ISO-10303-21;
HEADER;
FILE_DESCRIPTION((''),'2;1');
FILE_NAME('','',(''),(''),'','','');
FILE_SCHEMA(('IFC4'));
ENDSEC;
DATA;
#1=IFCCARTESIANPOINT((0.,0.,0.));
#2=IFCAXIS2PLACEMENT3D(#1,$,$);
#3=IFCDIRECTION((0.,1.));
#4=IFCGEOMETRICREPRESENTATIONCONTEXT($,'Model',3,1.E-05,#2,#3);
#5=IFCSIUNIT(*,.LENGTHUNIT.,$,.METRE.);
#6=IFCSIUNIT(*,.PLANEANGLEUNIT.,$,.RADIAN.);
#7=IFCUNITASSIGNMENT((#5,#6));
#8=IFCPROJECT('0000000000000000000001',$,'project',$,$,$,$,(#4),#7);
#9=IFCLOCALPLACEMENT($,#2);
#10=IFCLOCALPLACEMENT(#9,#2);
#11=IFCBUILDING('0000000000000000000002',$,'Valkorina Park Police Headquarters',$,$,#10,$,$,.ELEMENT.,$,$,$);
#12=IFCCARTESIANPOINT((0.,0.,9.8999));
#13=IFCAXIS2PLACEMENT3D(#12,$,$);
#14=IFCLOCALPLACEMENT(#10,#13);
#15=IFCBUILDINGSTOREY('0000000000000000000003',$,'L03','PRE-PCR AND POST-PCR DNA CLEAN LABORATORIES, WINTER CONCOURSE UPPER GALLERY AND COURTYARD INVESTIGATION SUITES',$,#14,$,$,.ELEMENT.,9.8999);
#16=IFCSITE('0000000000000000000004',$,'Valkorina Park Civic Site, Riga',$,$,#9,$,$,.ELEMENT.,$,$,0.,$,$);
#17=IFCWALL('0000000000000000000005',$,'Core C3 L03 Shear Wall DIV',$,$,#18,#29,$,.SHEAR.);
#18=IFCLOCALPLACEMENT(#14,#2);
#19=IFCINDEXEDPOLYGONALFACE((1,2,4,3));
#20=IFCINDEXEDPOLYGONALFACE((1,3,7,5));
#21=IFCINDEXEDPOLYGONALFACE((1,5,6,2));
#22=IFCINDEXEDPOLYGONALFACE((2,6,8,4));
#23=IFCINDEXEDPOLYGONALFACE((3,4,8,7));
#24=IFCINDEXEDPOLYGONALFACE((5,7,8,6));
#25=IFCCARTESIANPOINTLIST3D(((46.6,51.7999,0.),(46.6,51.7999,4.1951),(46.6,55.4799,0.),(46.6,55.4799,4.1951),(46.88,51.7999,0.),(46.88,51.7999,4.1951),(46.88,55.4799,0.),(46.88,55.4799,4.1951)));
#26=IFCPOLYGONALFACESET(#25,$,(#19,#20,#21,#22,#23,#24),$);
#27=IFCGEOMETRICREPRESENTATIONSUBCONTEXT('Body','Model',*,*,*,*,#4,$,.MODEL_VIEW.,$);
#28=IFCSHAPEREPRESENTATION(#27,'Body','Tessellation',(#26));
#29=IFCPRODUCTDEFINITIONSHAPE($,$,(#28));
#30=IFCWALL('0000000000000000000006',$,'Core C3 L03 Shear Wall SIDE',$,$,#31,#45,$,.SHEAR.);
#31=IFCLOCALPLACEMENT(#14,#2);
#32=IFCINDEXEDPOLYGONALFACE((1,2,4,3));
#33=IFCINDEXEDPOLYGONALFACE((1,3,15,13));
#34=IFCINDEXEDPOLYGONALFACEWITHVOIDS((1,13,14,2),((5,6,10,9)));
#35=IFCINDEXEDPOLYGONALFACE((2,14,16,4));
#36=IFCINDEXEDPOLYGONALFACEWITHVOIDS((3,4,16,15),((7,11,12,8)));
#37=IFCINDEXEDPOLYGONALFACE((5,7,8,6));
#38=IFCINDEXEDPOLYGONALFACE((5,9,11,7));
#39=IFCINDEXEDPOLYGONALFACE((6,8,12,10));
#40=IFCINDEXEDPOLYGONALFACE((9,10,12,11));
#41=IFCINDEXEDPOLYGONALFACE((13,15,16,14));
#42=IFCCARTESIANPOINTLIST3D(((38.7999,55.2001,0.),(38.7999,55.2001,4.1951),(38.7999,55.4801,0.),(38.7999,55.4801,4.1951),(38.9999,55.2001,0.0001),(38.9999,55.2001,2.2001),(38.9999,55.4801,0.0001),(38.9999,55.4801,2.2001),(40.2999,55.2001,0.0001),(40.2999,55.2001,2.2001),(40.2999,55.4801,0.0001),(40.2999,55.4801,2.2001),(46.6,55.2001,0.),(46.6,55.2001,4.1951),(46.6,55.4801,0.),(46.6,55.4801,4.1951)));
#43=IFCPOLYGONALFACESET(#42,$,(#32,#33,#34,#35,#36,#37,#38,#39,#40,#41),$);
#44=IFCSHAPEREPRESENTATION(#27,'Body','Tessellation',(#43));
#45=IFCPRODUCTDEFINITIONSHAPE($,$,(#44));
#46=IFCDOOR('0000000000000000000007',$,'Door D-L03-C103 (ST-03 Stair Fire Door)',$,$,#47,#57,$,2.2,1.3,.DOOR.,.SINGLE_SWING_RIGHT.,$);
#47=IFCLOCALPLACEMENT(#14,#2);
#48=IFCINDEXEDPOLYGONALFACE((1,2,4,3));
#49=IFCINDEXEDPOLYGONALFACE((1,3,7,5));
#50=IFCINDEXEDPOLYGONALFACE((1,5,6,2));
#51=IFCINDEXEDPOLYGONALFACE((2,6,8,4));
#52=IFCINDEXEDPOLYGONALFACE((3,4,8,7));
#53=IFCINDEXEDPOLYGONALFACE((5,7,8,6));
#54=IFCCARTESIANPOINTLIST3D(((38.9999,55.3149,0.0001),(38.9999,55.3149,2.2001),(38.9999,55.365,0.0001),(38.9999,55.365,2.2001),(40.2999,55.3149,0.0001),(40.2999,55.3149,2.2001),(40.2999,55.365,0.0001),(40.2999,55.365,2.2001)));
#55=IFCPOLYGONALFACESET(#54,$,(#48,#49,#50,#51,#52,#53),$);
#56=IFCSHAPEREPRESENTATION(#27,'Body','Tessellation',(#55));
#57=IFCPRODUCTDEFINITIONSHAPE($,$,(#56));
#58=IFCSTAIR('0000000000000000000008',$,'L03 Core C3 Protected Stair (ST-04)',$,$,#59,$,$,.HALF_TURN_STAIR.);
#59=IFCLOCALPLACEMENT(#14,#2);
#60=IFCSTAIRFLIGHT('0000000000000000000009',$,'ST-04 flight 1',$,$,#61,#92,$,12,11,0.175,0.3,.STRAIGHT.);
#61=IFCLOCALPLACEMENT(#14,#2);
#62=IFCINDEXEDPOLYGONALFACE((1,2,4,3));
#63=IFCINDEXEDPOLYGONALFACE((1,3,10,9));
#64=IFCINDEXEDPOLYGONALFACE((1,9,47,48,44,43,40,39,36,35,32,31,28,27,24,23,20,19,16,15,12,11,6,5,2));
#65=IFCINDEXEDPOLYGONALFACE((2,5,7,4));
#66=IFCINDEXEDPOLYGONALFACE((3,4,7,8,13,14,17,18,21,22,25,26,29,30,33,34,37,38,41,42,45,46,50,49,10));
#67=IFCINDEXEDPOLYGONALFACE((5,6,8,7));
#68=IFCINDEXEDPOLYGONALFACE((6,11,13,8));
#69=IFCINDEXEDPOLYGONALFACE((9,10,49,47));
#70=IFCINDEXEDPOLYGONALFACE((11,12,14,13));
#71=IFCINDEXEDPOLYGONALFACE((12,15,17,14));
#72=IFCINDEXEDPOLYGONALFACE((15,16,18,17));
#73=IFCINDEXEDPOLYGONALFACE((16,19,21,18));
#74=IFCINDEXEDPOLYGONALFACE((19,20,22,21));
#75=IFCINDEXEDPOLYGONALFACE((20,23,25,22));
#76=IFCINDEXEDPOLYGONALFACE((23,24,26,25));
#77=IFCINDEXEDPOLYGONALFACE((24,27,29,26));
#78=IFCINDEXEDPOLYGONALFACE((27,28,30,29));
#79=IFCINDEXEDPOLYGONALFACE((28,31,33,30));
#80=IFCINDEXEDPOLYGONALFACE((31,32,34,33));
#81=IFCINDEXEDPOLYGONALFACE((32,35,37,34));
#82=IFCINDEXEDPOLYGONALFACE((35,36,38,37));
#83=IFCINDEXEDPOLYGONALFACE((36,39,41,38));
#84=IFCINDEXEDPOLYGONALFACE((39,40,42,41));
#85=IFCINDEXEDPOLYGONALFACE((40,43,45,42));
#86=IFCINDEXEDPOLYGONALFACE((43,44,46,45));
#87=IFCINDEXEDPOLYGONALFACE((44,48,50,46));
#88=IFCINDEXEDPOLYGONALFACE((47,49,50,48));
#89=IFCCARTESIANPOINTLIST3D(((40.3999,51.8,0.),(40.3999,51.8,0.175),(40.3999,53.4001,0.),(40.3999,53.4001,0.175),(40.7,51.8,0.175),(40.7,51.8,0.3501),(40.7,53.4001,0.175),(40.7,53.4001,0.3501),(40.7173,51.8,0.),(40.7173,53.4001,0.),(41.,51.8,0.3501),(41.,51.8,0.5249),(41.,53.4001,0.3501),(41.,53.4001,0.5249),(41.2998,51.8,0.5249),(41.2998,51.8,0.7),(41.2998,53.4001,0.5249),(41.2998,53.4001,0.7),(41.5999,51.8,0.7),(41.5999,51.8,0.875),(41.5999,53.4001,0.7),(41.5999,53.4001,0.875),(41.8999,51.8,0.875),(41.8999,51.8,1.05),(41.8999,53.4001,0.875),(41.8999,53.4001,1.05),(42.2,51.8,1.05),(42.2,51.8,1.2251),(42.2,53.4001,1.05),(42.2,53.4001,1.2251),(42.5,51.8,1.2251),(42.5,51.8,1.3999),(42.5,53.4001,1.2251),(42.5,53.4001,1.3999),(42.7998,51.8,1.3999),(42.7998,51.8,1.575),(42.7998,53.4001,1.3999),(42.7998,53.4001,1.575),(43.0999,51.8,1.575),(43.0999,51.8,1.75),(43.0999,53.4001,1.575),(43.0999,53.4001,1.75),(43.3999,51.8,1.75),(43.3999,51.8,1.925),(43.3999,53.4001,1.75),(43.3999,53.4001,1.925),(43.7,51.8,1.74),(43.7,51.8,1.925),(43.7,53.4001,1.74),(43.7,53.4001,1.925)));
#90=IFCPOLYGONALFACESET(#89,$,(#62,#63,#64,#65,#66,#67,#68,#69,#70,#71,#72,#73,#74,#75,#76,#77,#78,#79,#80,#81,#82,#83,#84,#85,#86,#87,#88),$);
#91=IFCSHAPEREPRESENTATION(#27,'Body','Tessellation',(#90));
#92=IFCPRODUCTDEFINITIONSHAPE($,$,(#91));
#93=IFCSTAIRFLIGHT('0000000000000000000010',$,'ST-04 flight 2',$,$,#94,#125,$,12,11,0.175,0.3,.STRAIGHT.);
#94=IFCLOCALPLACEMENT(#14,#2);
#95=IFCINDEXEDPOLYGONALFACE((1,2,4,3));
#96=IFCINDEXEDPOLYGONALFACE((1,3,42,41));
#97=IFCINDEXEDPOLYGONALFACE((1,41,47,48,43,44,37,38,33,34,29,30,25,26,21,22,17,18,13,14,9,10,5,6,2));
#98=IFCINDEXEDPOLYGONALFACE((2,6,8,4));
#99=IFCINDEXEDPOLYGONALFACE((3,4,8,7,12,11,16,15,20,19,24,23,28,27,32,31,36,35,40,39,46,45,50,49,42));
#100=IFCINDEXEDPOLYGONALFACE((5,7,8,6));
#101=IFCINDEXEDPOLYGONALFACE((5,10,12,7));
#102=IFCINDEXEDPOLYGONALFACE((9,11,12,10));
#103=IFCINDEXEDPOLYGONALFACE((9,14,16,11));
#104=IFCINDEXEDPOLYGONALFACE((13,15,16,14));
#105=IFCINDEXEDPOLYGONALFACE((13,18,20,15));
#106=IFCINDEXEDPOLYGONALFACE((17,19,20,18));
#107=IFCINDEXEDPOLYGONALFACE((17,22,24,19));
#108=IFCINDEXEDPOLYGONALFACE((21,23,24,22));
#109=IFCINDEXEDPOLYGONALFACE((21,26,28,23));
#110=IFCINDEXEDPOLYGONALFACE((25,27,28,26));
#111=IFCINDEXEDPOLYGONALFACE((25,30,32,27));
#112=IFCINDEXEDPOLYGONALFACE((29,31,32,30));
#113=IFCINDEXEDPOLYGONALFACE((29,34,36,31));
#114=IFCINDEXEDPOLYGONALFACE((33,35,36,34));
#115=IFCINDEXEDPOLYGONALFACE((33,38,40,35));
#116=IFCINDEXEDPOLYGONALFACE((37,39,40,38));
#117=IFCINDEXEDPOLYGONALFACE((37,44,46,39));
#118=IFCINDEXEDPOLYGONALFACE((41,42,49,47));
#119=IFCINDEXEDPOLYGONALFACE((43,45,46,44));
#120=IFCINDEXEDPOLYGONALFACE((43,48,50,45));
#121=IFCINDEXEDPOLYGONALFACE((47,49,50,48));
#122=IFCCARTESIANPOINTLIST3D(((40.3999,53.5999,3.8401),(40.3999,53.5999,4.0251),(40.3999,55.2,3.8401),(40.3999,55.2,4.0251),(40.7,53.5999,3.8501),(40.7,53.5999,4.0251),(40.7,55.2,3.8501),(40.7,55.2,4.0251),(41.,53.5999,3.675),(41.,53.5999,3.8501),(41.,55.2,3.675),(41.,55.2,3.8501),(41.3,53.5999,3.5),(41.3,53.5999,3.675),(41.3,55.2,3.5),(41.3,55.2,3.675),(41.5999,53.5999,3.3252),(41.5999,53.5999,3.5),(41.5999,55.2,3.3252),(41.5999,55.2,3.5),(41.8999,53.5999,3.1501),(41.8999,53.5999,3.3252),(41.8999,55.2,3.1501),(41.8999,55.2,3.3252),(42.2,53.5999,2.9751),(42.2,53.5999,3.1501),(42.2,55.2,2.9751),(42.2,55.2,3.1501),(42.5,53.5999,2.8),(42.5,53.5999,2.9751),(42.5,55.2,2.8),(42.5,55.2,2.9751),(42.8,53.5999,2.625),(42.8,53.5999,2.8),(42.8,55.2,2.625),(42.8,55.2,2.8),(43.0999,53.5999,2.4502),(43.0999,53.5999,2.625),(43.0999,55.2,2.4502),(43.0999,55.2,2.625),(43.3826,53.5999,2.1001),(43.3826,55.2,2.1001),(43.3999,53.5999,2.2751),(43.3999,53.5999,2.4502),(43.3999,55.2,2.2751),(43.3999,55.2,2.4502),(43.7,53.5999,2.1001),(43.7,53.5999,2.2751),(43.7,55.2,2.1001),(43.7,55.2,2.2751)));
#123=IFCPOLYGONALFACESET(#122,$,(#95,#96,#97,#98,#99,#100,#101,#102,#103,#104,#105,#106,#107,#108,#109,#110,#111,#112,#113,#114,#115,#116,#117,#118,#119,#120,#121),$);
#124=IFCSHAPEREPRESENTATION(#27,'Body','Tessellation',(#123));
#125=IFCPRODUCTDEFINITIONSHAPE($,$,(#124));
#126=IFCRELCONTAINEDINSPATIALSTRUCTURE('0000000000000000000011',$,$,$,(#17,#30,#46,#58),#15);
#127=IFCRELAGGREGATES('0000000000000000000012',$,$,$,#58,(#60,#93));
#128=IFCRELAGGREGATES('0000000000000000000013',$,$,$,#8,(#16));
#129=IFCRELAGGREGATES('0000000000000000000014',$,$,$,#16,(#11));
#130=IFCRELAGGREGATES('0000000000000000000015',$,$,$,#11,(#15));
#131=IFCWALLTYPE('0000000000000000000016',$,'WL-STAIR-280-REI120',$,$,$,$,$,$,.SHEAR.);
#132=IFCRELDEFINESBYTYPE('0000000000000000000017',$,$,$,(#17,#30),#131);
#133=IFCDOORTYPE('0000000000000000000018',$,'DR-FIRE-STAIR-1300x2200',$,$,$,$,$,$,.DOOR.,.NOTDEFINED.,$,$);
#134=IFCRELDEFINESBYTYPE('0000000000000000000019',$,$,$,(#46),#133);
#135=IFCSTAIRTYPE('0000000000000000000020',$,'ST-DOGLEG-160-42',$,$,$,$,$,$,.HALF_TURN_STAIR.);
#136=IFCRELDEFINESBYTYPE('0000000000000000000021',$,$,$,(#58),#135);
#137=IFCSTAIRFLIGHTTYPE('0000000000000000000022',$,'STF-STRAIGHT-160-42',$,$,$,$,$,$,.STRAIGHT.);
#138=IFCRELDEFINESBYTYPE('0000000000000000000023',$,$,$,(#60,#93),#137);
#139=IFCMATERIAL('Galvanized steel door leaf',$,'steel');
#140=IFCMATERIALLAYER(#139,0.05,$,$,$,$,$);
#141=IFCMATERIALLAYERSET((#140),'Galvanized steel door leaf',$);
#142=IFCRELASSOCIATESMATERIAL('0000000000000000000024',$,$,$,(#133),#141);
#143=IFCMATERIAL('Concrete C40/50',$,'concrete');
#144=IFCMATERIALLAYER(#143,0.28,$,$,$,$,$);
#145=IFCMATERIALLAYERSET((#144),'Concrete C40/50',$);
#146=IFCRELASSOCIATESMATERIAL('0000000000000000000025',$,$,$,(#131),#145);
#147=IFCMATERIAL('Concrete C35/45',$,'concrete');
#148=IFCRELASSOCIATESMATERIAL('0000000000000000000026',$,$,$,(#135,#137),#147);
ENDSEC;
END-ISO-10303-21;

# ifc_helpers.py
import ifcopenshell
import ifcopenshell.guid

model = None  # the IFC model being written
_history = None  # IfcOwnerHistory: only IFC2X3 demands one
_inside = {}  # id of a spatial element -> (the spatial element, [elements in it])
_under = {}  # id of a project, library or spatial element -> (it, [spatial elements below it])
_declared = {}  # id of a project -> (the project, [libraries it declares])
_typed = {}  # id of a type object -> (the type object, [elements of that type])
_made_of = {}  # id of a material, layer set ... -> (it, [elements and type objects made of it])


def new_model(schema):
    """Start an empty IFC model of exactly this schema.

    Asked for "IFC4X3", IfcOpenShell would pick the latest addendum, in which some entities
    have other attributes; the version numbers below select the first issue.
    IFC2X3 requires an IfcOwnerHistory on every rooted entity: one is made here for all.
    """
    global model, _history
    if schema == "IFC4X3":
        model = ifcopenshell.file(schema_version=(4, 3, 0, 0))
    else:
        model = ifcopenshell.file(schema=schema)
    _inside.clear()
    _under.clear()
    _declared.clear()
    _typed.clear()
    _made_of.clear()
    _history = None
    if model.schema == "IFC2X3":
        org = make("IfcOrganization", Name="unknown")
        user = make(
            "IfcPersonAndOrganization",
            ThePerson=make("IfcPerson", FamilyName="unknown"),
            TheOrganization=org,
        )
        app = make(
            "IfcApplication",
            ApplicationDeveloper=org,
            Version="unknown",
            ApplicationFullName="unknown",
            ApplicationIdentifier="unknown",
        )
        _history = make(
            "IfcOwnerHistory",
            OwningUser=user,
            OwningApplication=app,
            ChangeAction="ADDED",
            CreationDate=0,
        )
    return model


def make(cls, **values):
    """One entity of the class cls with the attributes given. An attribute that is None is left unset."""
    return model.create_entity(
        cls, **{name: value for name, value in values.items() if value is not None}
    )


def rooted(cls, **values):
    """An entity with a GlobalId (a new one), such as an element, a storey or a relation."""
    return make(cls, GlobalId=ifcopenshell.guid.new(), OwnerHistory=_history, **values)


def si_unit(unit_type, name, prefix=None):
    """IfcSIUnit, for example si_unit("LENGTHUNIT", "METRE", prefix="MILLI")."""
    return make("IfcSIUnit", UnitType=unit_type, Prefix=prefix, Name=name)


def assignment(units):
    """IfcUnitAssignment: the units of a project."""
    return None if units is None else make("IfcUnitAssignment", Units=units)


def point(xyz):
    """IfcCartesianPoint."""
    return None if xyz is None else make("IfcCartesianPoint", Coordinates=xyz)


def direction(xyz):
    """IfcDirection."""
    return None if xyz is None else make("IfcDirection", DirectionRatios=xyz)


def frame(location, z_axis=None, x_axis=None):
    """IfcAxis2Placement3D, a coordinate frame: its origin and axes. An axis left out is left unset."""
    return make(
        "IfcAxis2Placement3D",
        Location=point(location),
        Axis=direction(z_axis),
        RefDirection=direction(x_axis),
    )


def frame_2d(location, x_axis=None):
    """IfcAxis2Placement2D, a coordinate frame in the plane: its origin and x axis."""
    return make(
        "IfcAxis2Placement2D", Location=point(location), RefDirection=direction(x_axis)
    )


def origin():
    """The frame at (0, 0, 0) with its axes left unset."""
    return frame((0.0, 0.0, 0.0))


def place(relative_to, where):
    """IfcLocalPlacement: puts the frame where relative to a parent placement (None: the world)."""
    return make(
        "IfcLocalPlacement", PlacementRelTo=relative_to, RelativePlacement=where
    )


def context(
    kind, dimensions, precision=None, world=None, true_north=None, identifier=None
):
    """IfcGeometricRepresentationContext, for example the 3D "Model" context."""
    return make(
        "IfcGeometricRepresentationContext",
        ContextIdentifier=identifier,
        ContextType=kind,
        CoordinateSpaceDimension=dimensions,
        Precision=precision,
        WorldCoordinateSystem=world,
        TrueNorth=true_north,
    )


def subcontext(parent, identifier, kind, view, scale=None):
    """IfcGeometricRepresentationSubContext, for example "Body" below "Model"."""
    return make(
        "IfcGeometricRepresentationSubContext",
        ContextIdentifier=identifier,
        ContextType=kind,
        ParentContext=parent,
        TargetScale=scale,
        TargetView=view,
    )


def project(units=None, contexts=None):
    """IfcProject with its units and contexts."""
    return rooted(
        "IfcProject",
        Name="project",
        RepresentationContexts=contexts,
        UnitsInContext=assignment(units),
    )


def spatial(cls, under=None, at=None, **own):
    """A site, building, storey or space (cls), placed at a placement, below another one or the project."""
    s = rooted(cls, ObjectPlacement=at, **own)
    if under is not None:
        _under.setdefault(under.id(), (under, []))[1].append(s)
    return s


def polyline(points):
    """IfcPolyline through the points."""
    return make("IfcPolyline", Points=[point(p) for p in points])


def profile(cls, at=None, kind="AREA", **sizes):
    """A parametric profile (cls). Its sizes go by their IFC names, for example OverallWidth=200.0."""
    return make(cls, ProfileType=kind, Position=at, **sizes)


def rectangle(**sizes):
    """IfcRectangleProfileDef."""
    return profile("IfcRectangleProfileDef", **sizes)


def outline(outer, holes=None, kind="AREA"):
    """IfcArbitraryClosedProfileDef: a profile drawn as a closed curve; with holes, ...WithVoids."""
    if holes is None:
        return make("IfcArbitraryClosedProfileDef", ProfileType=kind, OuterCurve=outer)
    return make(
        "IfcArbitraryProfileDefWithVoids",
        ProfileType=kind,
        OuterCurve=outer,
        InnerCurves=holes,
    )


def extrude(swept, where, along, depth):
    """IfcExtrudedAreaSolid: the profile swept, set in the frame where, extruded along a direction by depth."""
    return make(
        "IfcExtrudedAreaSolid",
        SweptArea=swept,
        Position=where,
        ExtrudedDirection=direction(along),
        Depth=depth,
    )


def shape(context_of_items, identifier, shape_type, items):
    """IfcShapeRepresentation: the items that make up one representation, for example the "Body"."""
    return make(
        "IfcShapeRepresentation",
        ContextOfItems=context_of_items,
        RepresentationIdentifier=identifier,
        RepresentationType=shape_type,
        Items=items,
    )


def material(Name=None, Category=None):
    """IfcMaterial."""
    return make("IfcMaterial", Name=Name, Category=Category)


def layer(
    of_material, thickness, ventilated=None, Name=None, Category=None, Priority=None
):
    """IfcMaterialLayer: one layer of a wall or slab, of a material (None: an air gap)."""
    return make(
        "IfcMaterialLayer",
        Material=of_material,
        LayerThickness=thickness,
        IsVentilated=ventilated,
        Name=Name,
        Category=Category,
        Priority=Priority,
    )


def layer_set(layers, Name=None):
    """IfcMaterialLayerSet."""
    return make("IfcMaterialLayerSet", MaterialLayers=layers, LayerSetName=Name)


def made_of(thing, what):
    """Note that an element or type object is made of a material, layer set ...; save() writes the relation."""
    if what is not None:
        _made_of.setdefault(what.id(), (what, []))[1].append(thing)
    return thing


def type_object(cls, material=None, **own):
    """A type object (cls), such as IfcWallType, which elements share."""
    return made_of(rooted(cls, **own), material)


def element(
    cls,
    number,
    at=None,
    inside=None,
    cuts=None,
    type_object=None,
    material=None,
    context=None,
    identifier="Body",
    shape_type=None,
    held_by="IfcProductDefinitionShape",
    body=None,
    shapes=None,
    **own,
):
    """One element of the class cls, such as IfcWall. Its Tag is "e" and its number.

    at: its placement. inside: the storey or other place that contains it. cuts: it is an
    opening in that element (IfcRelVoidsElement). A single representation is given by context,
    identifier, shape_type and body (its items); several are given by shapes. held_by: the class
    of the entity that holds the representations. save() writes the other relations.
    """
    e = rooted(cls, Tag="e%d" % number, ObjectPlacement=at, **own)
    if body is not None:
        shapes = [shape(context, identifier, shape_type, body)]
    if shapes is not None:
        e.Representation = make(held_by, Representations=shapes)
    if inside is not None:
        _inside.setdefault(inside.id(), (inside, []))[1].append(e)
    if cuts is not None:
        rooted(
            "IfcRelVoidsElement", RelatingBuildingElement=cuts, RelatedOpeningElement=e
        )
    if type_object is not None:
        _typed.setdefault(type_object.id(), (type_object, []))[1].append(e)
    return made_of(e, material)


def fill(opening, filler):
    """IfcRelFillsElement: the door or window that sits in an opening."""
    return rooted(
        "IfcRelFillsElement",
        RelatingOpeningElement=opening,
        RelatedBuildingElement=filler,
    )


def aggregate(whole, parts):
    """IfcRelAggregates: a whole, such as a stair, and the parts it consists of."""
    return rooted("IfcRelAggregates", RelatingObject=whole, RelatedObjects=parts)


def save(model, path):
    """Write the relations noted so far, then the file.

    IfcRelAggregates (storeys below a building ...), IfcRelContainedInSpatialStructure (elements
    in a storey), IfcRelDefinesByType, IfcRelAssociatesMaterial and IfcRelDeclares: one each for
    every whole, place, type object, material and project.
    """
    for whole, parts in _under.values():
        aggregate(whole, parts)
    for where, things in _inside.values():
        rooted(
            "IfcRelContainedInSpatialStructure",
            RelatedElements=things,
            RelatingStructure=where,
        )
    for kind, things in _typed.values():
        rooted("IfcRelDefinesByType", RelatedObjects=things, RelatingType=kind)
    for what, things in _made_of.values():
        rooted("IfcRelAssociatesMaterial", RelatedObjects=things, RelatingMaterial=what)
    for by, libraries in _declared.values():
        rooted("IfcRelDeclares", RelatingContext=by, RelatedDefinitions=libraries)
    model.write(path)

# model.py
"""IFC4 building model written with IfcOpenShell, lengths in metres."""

from ifc_helpers import new_model, si_unit, direction, frame, frame_2d, origin, place, context, subcontext, project, spatial, polyline, rectangle, outline, extrude, material, layer, layer_set, type_object, element, fill, aggregate, save


model = new_model("IFC4")

# Units and contexts
model_context = context("Model", 3, precision=1e-05, world=origin(), true_north=direction((0.0, 1.0)))
body_context = subcontext(model_context, "Body", "Model", "MODEL_VIEW")
ifc_project = project(units=[si_unit("LENGTHUNIT", "METRE"), si_unit("PLANEANGLEUNIT", "RADIAN")], contexts=[model_context])

# Site, building, storey
site_placement = place(None, origin())
site = spatial("IfcSite", under=ifc_project, at=site_placement, Name="Valkorina Park Civic Site, Riga", CompositionType="ELEMENT", RefElevation=0.0)
building_placement = place(site_placement, origin())
building = spatial("IfcBuilding", under=site, at=building_placement, Name="Valkorina Park Police Headquarters", CompositionType="ELEMENT")
storey_placement = place(building_placement, frame((0.0, 0.0, 9.8999)))
storey = spatial("IfcBuildingStorey", under=building, at=storey_placement, Name="L03", Description="PRE-PCR AND POST-PCR DNA CLEAN LABORATORIES, WINTER CONCOURSE UPPER GALLERY AND COURTYARD INVESTIGATION SUITES", CompositionType="ELEMENT", Elevation=9.8999)

# Shared definitions
ifc_material_1 = material(Name="Concrete C40/50", Category="concrete")
ifc_material_2 = material(Name="Galvanized steel door leaf", Category="steel")
ifc_layer_1 = layer(ifc_material_2, 0.05)
ifc_layer_set_1 = layer_set([ifc_layer_1], Name="Galvanized steel door leaf")
door_type_1 = type_object("IfcDoorType", Name="DR-FIRE-STAIR-1300x2200", OperationType="NOTDEFINED", PredefinedType="DOOR", material=ifc_layer_set_1)

# Wall
ifc_layer_2 = layer(ifc_material_1, 0.28)
ifc_layer_set_2 = layer_set([ifc_layer_2], Name="Concrete C40/50")
wall_type_1 = type_object("IfcWallType", Name="WL-STAIR-280-REI120", PredefinedType="SHEAR", material=ifc_layer_set_2)
wall_1_placement = place(storey_placement, frame((46.74, 51.8, 0.0), z_axis=(0.0, 0.0, 1.0), x_axis=(0.0, 1.0, 0.0)))
element("IfcWall", 1, at=wall_1_placement, inside=storey, type_object=wall_type_1, Name="Core C3 L03 Shear Wall DIV", PredefinedType="SHEAR", context=body_context, shape_type="SweptSolid", body=[
    extrude(rectangle(XDim=3.6799, YDim=0.28, at=frame_2d((1.8398, 0.0))), origin(), (0.0, 0.0, 1.0), 4.1951),
])

# Wall, opening, door
wall_2_placement = place(storey_placement, frame((38.8, 55.3401, 0.0), z_axis=(0.0, 0.0, 1.0), x_axis=(1.0, 0.0, 0.0)))
wall_2 = element("IfcWall", 2, at=wall_2_placement, inside=storey, type_object=wall_type_1, Name="Core C3 L03 Shear Wall SIDE", PredefinedType="SHEAR", context=body_context, shape_type="SweptSolid", body=[
    extrude(rectangle(XDim=7.8, YDim=0.28, at=frame_2d((3.8999, 0.0))), origin(), (0.0, 0.0, 1.0), 4.1951),
])
opening_1_placement = place(wall_2_placement, frame((0.2, 0.0, 0.0)))
opening_1 = element("IfcOpeningElement", 3, at=opening_1_placement, cuts=wall_2, PredefinedType="OPENING", context=body_context, shape_type="SweptSolid", body=[
    extrude(rectangle(XDim=1.3, YDim=2.2, at=frame_2d((0.6499, 1.1001))), frame((0.0, 0.1499, 0.0), z_axis=(0.0, -1.0, 0.0), x_axis=(1.0, 0.0, 0.0)), (0.0, 0.0, 1.0), 0.3),
])
door_1_placement = place(opening_1_placement, origin())
door_1 = element("IfcDoor", 4, at=door_1_placement, inside=storey, type_object=door_type_1, Name="Door D-L03-C103 (ST-03 Stair Fire Door)", OperationType="SINGLE_SWING_RIGHT", OverallHeight=2.2, OverallWidth=1.3, PredefinedType="DOOR", context=body_context, shape_type="SweptSolid", body=[
    extrude(rectangle(XDim=1.3, YDim=2.2, at=frame_2d((0.6499, 1.1001))), frame((0.0, 0.0249, 0.0), z_axis=(0.0, -1.0, 0.0), x_axis=(1.0, 0.0, 0.0)), (0.0, 0.0, 1.0), 0.05),
])
fill(opening_1, door_1)

# Stair, stair flights
ifc_material_3 = material(Name="Concrete C35/45", Category="concrete")
stair_type = type_object("IfcStairType", Name="ST-DOGLEG-160-42", PredefinedType="HALF_TURN_STAIR", material=ifc_material_3)
stair_placement = place(storey_placement, origin())
stair = element("IfcStair", 5, at=stair_placement, inside=storey, type_object=stair_type, Name="L03 Core C3 Protected Stair (ST-04)", PredefinedType="HALF_TURN_STAIR")
stair_flight_type = type_object("IfcStairFlightType", Name="STF-STRAIGHT-160-42", PredefinedType="STRAIGHT", material=ifc_material_3)
stair_flight_1_placement = place(storey_placement, frame((40.3999, 52.6001, 0.0), z_axis=(0.0, 0.0, 1.0), x_axis=(1.0, 0.0, 0.0)))
stair_flight_1 = element("IfcStairFlight", 6, at=stair_flight_1_placement, type_object=stair_flight_type, Name="ST-04 flight 1", NumberOfRisers=12, NumberOfTreads=11, PredefinedType="STRAIGHT", RiserHeight=0.175, TreadLength=0.3, context=body_context, shape_type="SweptSolid", body=[
    extrude(outline(polyline([(0.0, 0.0), (0.0, 0.175), (0.3, 0.175), (0.3, 0.3501), (0.6001, 0.3501), (0.6001, 0.5249), (0.8999, 0.5249), (0.8999, 0.7), (1.2, 0.7), (1.2, 0.875), (1.5, 0.875), (1.5, 1.05), (1.8, 1.05), (1.8, 1.2251), (2.1001, 1.2251), (2.1001, 1.3999), (2.3999, 1.3999), (2.3999, 1.575), (2.7, 1.575), (2.7, 1.75), (3.0, 1.75), (3.0, 1.925), (3.3, 1.925), (3.3, 2.1001), (3.3, 1.74), (0.3174, 0.0), (0.0, 0.0)])), frame((0.0, 0.8, 0.0), z_axis=(0.0, -1.0, 0.0), x_axis=(1.0, 0.0, 0.0)), (0.0, 0.0, 1.0), 1.6001),
])
stair_flight_2_placement = place(storey_placement, frame((43.7, 54.3999, 2.1001), z_axis=(0.0, 0.0, 1.0), x_axis=(-1.0, 0.0, 0.0)))
stair_flight_2 = element("IfcStairFlight", 7, at=stair_flight_2_placement, type_object=stair_flight_type, Name="ST-04 flight 2", NumberOfRisers=12, NumberOfTreads=11, PredefinedType="STRAIGHT", RiserHeight=0.175, TreadLength=0.3, context=body_context, shape_type="SweptSolid", body=[
    extrude(outline(polyline([(0.0, 0.0), (0.0, 0.175), (0.3, 0.175), (0.3, 0.3501), (0.6001, 0.3501), (0.6001, 0.5249), (0.8999, 0.5249), (0.8999, 0.7), (1.2, 0.7), (1.2, 0.875), (1.5, 0.875), (1.5, 1.05), (1.8, 1.05), (1.8, 1.2251), (2.1001, 1.2251), (2.1001, 1.3999), (2.3999, 1.3999), (2.3999, 1.575), (2.7, 1.575), (2.7, 1.75), (3.0, 1.75), (3.0, 1.925), (3.3, 1.925), (3.3, 2.1001), (3.3, 1.74), (0.3174, 0.0), (0.0, 0.0)])), frame((0.0, 0.8, 0.0), z_axis=(0.0, -1.0, 0.0), x_axis=(1.0, 0.0, 0.0)), (0.0, 0.0, 1.0), 1.6001),
])
aggregate(stair, [stair_flight_1, stair_flight_2])

save(model, "model.ifc")
